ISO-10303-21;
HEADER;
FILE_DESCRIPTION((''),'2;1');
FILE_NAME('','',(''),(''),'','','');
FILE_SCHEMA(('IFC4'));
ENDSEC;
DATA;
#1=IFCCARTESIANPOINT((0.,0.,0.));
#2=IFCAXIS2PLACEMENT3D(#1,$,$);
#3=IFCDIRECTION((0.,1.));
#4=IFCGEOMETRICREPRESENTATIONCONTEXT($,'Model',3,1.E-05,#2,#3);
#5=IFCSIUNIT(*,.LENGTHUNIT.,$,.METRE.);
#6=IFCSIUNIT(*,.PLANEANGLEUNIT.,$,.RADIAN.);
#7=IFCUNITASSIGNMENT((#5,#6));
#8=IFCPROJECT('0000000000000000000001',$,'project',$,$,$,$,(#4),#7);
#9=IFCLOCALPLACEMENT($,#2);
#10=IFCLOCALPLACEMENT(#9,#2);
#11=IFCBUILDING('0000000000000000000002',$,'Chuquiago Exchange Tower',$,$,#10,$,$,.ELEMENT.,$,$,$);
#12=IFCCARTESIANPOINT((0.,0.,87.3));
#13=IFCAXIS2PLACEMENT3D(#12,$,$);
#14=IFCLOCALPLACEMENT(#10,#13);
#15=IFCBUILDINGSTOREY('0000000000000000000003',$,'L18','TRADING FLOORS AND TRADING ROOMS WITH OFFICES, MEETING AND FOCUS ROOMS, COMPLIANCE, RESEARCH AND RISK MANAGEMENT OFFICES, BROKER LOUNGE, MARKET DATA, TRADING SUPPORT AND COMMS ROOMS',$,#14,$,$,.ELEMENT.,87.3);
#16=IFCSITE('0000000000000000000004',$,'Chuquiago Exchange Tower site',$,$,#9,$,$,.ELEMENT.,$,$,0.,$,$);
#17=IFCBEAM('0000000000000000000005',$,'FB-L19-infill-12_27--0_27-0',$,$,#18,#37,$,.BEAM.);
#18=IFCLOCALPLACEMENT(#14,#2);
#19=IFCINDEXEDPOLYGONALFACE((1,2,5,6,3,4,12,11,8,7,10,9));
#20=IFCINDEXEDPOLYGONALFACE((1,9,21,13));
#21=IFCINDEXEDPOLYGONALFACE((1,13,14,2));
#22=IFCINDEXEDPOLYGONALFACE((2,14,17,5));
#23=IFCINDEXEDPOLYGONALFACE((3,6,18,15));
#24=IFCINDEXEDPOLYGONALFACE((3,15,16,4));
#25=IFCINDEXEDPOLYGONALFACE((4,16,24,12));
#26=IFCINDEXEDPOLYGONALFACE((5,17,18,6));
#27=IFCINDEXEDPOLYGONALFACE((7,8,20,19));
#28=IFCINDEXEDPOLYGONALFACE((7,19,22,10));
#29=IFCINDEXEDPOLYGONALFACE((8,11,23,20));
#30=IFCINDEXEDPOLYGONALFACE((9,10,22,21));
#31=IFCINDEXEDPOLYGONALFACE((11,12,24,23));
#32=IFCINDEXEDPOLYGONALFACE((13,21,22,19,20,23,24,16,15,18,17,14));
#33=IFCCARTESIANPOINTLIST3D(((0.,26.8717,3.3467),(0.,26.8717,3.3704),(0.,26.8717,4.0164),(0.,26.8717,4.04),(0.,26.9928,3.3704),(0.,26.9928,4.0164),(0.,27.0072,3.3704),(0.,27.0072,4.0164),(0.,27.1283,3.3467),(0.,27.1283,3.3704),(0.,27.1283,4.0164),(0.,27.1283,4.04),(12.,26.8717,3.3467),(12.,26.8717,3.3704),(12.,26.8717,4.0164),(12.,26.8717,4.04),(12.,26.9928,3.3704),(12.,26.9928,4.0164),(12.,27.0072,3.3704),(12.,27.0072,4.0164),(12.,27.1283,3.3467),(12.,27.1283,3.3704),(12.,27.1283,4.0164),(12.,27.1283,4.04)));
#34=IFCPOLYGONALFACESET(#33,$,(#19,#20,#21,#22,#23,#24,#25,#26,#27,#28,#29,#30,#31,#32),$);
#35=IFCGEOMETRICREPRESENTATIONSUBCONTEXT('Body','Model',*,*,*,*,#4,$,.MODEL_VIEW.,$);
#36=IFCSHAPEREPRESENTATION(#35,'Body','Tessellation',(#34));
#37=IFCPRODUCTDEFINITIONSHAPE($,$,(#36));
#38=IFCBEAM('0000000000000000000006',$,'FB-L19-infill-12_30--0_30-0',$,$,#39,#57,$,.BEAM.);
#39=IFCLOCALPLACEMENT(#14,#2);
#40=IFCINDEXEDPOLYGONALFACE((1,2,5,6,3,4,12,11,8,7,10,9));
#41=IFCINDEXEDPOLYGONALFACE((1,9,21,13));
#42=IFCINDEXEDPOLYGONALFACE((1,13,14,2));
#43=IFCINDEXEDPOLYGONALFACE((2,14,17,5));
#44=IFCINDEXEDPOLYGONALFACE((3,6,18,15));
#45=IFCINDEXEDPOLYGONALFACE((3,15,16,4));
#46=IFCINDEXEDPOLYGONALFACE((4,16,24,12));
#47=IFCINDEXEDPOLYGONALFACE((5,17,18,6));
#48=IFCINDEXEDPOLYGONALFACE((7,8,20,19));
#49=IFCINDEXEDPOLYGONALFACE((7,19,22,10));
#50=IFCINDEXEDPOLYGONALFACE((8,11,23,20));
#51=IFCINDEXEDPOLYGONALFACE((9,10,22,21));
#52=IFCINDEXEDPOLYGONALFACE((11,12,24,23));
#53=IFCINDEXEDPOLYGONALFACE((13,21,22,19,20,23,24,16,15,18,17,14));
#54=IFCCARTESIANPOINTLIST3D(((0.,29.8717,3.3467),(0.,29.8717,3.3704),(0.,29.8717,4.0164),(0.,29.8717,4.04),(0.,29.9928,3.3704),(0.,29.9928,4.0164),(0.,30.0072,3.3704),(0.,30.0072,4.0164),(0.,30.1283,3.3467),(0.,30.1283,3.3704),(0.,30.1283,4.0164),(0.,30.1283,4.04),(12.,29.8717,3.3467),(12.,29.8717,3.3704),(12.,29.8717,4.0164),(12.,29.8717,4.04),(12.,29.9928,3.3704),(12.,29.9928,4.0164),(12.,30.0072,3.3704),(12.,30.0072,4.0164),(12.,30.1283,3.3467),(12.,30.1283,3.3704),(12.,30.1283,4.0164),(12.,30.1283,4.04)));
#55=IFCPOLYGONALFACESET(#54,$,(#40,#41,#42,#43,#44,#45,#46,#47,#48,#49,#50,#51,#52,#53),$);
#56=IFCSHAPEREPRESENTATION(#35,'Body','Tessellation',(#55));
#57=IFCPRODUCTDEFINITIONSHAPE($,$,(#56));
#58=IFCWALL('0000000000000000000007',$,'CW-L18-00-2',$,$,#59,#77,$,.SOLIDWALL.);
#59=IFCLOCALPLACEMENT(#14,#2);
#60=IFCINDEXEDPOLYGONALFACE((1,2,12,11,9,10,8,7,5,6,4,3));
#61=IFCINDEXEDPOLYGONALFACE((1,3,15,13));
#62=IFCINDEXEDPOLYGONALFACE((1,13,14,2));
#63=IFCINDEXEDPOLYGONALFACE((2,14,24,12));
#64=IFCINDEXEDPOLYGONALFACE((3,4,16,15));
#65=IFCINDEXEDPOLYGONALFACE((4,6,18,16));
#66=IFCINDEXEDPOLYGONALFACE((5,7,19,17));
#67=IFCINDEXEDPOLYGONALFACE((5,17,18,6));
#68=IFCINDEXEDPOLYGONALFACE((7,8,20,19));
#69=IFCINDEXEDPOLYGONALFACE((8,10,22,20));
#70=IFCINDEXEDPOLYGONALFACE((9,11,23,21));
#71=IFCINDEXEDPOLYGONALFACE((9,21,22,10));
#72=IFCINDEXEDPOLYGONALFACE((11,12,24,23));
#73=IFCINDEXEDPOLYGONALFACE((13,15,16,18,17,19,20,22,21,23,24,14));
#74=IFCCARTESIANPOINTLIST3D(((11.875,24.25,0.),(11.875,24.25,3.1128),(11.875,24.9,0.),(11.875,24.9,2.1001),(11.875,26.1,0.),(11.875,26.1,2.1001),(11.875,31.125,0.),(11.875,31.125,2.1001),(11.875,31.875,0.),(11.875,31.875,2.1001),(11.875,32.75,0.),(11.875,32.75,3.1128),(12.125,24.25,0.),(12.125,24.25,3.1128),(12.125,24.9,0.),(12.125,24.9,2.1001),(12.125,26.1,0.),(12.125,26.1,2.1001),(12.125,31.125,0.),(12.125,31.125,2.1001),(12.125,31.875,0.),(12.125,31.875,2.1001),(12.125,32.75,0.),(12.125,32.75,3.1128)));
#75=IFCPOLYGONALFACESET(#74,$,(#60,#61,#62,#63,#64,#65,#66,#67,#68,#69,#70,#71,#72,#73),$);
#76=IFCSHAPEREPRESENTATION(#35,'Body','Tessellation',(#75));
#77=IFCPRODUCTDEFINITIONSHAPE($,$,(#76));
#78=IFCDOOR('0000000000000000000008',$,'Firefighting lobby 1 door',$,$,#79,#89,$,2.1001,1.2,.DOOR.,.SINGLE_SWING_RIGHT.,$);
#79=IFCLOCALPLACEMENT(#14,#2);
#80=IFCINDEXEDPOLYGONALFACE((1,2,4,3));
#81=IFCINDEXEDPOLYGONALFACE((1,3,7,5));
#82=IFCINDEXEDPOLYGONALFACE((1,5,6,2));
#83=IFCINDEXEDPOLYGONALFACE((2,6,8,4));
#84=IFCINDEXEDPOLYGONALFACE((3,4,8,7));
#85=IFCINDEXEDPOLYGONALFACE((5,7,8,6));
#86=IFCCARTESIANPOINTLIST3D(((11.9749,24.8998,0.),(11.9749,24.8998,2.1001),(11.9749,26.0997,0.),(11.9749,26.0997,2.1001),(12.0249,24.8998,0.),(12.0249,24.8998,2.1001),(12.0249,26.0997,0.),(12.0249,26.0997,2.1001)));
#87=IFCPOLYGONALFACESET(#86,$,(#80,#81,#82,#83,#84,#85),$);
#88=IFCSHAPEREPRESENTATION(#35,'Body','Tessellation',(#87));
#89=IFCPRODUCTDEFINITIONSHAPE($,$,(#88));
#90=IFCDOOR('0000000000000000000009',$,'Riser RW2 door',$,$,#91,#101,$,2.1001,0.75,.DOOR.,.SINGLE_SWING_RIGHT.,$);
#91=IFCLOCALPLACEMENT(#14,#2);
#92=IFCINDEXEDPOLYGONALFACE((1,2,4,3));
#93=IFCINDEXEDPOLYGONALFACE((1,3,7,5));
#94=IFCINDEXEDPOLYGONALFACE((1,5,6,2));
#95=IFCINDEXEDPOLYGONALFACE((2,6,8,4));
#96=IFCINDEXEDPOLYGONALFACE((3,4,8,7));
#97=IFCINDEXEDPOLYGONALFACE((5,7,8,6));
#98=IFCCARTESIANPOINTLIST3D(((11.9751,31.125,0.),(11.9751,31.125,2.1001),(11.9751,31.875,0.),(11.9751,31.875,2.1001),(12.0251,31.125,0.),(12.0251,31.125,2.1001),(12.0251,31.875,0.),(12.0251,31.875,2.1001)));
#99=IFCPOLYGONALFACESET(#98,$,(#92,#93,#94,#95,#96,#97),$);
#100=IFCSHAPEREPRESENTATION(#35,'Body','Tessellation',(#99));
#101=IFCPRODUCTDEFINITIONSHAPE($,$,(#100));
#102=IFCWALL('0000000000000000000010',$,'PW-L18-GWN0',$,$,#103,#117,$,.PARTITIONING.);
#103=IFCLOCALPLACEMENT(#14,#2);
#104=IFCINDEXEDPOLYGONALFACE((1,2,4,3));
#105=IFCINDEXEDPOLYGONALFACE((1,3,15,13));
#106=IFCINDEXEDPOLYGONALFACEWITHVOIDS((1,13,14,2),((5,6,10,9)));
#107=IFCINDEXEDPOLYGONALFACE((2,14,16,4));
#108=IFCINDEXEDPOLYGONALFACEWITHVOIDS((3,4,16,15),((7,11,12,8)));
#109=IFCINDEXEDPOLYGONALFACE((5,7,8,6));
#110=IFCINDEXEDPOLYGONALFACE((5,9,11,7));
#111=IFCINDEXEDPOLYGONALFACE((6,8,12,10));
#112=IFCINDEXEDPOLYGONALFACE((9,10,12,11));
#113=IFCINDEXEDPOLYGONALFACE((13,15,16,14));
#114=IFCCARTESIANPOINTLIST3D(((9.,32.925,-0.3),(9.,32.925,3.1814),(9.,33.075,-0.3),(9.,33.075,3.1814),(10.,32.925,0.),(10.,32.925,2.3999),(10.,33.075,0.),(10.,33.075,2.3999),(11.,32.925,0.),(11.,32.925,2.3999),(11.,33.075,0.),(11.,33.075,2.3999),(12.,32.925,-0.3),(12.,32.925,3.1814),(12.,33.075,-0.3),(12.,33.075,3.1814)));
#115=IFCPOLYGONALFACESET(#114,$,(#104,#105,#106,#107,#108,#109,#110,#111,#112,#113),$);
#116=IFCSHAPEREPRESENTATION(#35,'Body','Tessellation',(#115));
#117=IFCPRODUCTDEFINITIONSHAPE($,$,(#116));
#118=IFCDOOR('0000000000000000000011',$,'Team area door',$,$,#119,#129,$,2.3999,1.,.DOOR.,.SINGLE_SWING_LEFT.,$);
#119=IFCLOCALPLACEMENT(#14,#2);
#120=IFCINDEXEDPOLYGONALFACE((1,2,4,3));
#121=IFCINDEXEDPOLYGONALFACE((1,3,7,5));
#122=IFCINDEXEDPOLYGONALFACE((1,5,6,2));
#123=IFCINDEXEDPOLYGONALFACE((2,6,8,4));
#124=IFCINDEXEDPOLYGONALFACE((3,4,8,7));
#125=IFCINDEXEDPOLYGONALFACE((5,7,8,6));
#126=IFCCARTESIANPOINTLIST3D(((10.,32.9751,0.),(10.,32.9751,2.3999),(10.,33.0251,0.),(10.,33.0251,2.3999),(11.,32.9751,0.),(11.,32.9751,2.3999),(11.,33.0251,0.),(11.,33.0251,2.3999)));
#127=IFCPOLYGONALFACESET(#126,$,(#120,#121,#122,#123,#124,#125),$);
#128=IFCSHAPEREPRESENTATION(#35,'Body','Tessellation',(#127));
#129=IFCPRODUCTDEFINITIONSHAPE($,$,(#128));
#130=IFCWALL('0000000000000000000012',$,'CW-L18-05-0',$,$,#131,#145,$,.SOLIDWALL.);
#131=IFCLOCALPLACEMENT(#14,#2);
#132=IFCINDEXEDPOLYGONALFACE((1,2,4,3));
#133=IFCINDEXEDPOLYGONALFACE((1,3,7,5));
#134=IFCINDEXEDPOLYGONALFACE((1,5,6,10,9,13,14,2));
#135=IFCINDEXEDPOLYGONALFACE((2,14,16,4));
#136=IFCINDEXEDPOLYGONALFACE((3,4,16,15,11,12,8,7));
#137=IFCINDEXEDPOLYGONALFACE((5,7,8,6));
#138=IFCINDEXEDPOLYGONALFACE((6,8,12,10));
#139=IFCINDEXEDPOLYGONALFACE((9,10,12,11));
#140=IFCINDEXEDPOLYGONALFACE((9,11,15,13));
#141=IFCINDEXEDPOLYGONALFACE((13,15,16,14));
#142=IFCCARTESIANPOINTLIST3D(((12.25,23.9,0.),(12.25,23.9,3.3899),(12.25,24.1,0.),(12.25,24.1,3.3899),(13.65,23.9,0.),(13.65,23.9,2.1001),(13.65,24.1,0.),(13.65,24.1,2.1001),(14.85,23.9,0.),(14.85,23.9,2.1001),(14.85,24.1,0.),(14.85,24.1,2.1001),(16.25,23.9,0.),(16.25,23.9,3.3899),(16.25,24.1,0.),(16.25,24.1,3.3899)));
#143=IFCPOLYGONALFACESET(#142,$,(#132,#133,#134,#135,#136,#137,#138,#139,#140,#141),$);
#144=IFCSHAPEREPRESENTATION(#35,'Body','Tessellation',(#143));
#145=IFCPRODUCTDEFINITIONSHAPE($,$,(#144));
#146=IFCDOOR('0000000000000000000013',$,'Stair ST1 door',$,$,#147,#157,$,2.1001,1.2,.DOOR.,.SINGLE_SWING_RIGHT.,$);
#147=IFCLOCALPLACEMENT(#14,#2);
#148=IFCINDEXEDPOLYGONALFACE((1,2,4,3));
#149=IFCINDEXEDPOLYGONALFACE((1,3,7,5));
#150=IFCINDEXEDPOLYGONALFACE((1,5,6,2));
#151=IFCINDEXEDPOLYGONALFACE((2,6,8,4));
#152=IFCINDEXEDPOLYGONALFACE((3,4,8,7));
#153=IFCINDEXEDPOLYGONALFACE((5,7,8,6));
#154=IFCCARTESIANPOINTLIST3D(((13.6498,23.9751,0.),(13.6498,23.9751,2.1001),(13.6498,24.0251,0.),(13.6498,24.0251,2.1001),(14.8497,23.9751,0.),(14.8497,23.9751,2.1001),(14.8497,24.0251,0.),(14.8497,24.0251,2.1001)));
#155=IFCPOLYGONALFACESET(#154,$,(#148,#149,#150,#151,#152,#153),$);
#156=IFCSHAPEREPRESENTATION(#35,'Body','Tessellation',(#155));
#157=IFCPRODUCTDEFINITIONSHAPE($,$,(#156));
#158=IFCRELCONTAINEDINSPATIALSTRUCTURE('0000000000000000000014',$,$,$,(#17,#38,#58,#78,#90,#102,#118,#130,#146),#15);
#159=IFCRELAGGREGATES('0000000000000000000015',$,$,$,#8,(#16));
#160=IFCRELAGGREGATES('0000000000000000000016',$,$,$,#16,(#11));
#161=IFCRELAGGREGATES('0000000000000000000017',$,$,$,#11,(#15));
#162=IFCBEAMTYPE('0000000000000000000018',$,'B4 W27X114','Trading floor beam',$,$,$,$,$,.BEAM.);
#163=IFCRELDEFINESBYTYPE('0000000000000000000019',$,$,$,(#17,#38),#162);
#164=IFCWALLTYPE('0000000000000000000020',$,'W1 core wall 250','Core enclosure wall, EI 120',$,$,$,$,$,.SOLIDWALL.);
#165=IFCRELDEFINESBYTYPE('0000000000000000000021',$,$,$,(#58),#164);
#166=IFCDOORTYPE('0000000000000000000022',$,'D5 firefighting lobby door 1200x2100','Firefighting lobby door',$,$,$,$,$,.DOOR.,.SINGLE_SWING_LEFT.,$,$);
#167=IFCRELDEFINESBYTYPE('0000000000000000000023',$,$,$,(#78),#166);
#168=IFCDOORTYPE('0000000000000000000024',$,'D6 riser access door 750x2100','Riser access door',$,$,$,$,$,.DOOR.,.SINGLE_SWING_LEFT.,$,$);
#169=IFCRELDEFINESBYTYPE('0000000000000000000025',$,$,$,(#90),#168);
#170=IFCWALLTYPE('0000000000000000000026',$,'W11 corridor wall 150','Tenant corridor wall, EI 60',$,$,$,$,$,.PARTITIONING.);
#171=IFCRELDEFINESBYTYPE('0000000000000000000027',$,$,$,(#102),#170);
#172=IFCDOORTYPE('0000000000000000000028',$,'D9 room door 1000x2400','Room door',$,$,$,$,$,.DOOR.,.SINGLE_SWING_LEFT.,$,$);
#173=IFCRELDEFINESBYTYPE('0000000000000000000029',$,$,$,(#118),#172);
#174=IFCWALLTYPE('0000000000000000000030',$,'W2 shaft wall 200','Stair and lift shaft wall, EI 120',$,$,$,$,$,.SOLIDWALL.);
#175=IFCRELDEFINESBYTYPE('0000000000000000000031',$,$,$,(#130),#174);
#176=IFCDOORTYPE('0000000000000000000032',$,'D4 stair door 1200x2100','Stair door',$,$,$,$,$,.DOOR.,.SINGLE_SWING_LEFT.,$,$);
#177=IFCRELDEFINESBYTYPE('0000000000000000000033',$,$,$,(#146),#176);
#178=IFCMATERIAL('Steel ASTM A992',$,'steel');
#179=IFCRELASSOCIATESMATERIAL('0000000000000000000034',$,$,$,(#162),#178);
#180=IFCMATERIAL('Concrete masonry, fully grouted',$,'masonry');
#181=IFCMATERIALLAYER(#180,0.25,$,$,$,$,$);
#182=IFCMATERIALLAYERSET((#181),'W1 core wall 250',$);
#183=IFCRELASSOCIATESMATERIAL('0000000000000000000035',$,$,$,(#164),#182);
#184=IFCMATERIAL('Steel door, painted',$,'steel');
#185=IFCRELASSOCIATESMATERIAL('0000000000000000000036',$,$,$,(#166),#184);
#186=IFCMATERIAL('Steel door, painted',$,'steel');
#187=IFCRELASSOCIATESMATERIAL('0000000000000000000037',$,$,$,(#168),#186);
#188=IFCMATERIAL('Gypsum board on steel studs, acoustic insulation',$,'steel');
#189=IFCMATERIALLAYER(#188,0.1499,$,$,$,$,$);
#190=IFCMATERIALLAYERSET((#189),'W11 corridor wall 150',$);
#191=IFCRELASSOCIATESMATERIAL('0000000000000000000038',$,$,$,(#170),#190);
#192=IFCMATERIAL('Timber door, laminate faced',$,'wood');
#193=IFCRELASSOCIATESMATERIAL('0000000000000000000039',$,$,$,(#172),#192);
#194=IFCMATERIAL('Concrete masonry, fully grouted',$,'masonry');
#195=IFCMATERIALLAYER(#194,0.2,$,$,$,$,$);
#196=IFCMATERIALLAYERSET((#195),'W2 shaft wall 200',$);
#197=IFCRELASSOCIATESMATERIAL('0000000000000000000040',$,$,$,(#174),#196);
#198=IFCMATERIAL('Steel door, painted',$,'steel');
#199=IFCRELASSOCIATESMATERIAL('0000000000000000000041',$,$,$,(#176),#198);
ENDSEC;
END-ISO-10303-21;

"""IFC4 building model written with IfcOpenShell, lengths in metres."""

from ifc_helpers import new_model, si_unit, direction, frame, frame_2d, origin, origin_2d, place, context, subcontext, project, spatial, rectangle, i_section, extrude, material, layer, layer_set, material_profile, profile_set, type_object, element, fill, save


model = new_model("IFC4")

# Units and contexts
model_context = context("Model", 3, precision=1e-05, world=origin(), true_north=direction((0.0, 1.0)))
body_context = subcontext(model_context, "Body", "Model", "MODEL_VIEW")
ifc_project = project(units=[si_unit("LENGTHUNIT", "METRE"), si_unit("PLANEANGLEUNIT", "RADIAN")], contexts=[model_context])

# Site, building, storey
site_placement = place(None, origin())
site = spatial("IfcSite", under=ifc_project, at=site_placement, Name="Chuquiago Exchange Tower site", CompositionType="ELEMENT", RefElevation=0.0)
building_placement = place(site_placement, origin())
building = spatial("IfcBuilding", under=site, at=building_placement, Name="Chuquiago Exchange Tower", CompositionType="ELEMENT")
storey_placement = place(building_placement, frame((0.0, 0.0, 87.3)))
storey = spatial("IfcBuildingStorey", under=building, at=storey_placement, Name="L18", Description="TRADING FLOORS AND TRADING ROOMS WITH OFFICES, MEETING AND FOCUS ROOMS, COMPLIANCE, RESEARCH AND RISK MANAGEMENT OFFICES, BROKER LOUNGE, MARKET DATA, TRADING SUPPORT AND COMMS ROOMS", CompositionType="ELEMENT", Elevation=87.3)

# Beams
ifc_material_1 = material(Name="Steel ASTM A992", Category="steel")
ifc_material_profile_1 = material_profile(ifc_material_1, i_section(OverallWidth=0.2566, OverallDepth=0.6934, WebThickness=0.0144, FlangeThickness=0.0237, at=origin_2d()), Name="W27X114")
ifc_profile_set_1 = profile_set([ifc_material_profile_1], Name="Steel ASTM A992")
beam_type_1 = type_object("IfcBeamType", Name="B4 W27X114", Description="Trading floor beam", PredefinedType="BEAM", material=ifc_profile_set_1)
for number, where, z_axis, x_axis, name in (
    (1, (12.0, 27.0, 3.6934), (-1.0, 0.0, 0.0), (0.0, -1.0, 0.0), "FB-L19-infill-12_27--0_27-0"),
    (2, (12.0, 30.0, 3.6934), (-1.0, 0.0, 0.0), (0.0, -1.0, 0.0), "FB-L19-infill-12_30--0_30-0"),
):
    element("IfcBeam", number, at=place(storey_placement, frame(where, z_axis=z_axis, x_axis=x_axis)), inside=storey, type_object=beam_type_1, Name=name, PredefinedType="BEAM", context=body_context, shape_type="SweptSolid", body=[
        extrude(i_section(OverallWidth=0.2566, OverallDepth=0.6934, WebThickness=0.0144, FlangeThickness=0.0237, at=origin_2d()), origin(), (0.0, 0.0, 1.0), 12.0),
    ])

# Wall, openings, doors
ifc_material_2 = material(Name="Concrete masonry, fully grouted", Category="masonry")
ifc_layer_1 = layer(ifc_material_2, 0.25)
ifc_layer_set_1 = layer_set([ifc_layer_1], Name="W1 core wall 250")
wall_type_1 = type_object("IfcWallType", Name="W1 core wall 250", Description="Core enclosure wall, EI 120", PredefinedType="SOLIDWALL", material=ifc_layer_set_1)
wall_1_placement = place(storey_placement, frame((12.0, 24.25, 0.0), z_axis=(0.0, 0.0, 1.0), x_axis=(0.0, 1.0, 0.0)))
wall_1 = element("IfcWall", 3, at=wall_1_placement, inside=storey, type_object=wall_type_1, Name="CW-L18-00-2", PredefinedType="SOLIDWALL", context=body_context, shape_type="SweptSolid", body=[
    extrude(rectangle(XDim=8.5, YDim=0.25, at=frame_2d((4.25, 0.0))), origin(), (0.0, 0.0, 1.0), 3.1128),
])
opening_1_placement = place(wall_1_placement, frame((0.6499, 0.0, 0.0)))
opening_1 = element("IfcOpeningElement", 4, at=opening_1_placement, cuts=wall_1, PredefinedType="OPENING", context=body_context, shape_type="SweptSolid", body=[
    extrude(rectangle(XDim=1.2, YDim=2.1001, at=frame_2d((0.6001, 1.05))), frame((0.0, 0.135, 0.0), z_axis=(0.0, -1.0, 0.0), x_axis=(1.0, 0.0, 0.0)), (0.0, 0.0, 1.0), 0.27),
])
opening_2_placement = place(wall_1_placement, frame((6.875, 0.0, 0.0)))
opening_2 = element("IfcOpeningElement", 5, at=opening_2_placement, cuts=wall_1, PredefinedType="OPENING", context=body_context, shape_type="SweptSolid", body=[
    extrude(rectangle(XDim=0.75, YDim=2.1001, at=frame_2d((0.375, 1.05))), frame((0.0, 0.135, 0.0), z_axis=(0.0, -1.0, 0.0), x_axis=(1.0, 0.0, 0.0)), (0.0, 0.0, 1.0), 0.27),
])
ifc_material_3 = material(Name="Steel door, painted", Category="steel")
door_type_1 = type_object("IfcDoorType", Name="D5 firefighting lobby door 1200x2100", Description="Firefighting lobby door", OperationType="SINGLE_SWING_LEFT", PredefinedType="DOOR", material=ifc_material_3)
door_1_placement = place(opening_1_placement, frame((1.2, 0.0, 0.0), z_axis=(0.0, 0.0, 1.0), x_axis=(-1.0, 0.0, 0.0)))
door_1 = element("IfcDoor", 6, at=door_1_placement, inside=storey, type_object=door_type_1, Name="Firefighting lobby 1 door", OperationType="SINGLE_SWING_RIGHT", OverallHeight=2.1001, OverallWidth=1.2, PredefinedType="DOOR", context=body_context, shape_type="SweptSolid", body=[
    extrude(rectangle(XDim=1.2, YDim=2.1001, at=frame_2d((0.6001, 1.05))), frame((0.0, 0.0249, 0.0), z_axis=(0.0, -1.0, 0.0), x_axis=(1.0, 0.0, 0.0)), (0.0, 0.0, 1.0), 0.05),
])
fill(opening_1, door_1)
ifc_material_4 = material(Name="Steel door, painted", Category="steel")
door_type_2 = type_object("IfcDoorType", Name="D6 riser access door 750x2100", Description="Riser access door", OperationType="SINGLE_SWING_LEFT", PredefinedType="DOOR", material=ifc_material_4)
door_2_placement = place(opening_2_placement, origin())
door_2 = element("IfcDoor", 7, at=door_2_placement, inside=storey, type_object=door_type_2, Name="Riser RW2 door", OperationType="SINGLE_SWING_RIGHT", OverallHeight=2.1001, OverallWidth=0.75, PredefinedType="DOOR", context=body_context, shape_type="SweptSolid", body=[
    extrude(rectangle(XDim=0.75, YDim=2.1001, at=frame_2d((0.375, 1.05))), frame((0.0, 0.0249, 0.0), z_axis=(0.0, -1.0, 0.0), x_axis=(1.0, 0.0, 0.0)), (0.0, 0.0, 1.0), 0.05),
])
fill(opening_2, door_2)

# Walls, openings, doors
ifc_material_5 = material(Name="Gypsum board on steel studs, acoustic insulation", Category="steel")
ifc_layer_2 = layer(ifc_material_5, 0.1499)
ifc_layer_set_2 = layer_set([ifc_layer_2], Name="W11 corridor wall 150")
wall_type_2 = type_object("IfcWallType", Name="W11 corridor wall 150", Description="Tenant corridor wall, EI 60", PredefinedType="PARTITIONING", material=ifc_layer_set_2)
wall_2_placement = place(storey_placement, frame((9.0, 33.0, -0.3), z_axis=(0.0, 0.0, 1.0), x_axis=(1.0, 0.0, 0.0)))
wall_2 = element("IfcWall", 8, at=wall_2_placement, inside=storey, type_object=wall_type_2, Name="PW-L18-GWN0", PredefinedType="PARTITIONING", context=body_context, shape_type="SweptSolid", body=[
    extrude(rectangle(XDim=3.0, YDim=0.1499, at=frame_2d((1.5, 0.0))), origin(), (0.0, 0.0, 1.0), 3.4814),
])
opening_3_placement = place(wall_2_placement, frame((1.0, 0.0, 0.3)))
opening_3 = element("IfcOpeningElement", 9, at=opening_3_placement, cuts=wall_2, PredefinedType="OPENING", context=body_context, shape_type="SweptSolid", body=[
    extrude(rectangle(XDim=1.0, YDim=2.3999, at=frame_2d((0.5, 1.2))), frame((0.0, 0.085, 0.0), z_axis=(0.0, -1.0, 0.0), x_axis=(1.0, 0.0, 0.0)), (0.0, 0.0, 1.0), 0.1699),
])
ifc_material_6 = material(Name="Timber door, laminate faced", Category="wood")
door_type_3 = type_object("IfcDoorType", Name="D9 room door 1000x2400", Description="Room door", OperationType="SINGLE_SWING_LEFT", PredefinedType="DOOR", material=ifc_material_6)
door_3_placement = place(opening_3_placement, frame((1.0, 0.0, 0.0), z_axis=(0.0, 0.0, 1.0), x_axis=(-1.0, 0.0, 0.0)))
door_3 = element("IfcDoor", 10, at=door_3_placement, inside=storey, type_object=door_type_3, Name="Team area door", OperationType="SINGLE_SWING_LEFT", OverallHeight=2.3999, OverallWidth=1.0, PredefinedType="DOOR", context=body_context, shape_type="SweptSolid", body=[
    extrude(rectangle(XDim=1.0, YDim=2.3999, at=frame_2d((0.5, 1.2))), frame((0.0, 0.0249, 0.0), z_axis=(0.0, -1.0, 0.0), x_axis=(1.0, 0.0, 0.0)), (0.0, 0.0, 1.0), 0.05),
])
fill(opening_3, door_3)
ifc_material_7 = material(Name="Concrete masonry, fully grouted", Category="masonry")
ifc_layer_3 = layer(ifc_material_7, 0.2)
ifc_layer_set_3 = layer_set([ifc_layer_3], Name="W2 shaft wall 200")
wall_type_3 = type_object("IfcWallType", Name="W2 shaft wall 200", Description="Stair and lift shaft wall, EI 120", PredefinedType="SOLIDWALL", material=ifc_layer_set_3)
wall_3_placement = place(storey_placement, frame((12.25, 24.0, 0.0), z_axis=(0.0, 0.0, 1.0), x_axis=(1.0, 0.0, 0.0)))
wall_3 = element("IfcWall", 11, at=wall_3_placement, inside=storey, type_object=wall_type_3, Name="CW-L18-05-0", PredefinedType="SOLIDWALL", context=body_context, shape_type="SweptSolid", body=[
    extrude(rectangle(XDim=4.0, YDim=0.2, at=frame_2d((2.0, 0.0))), origin(), (0.0, 0.0, 1.0), 3.3899),
])
opening_4_placement = place(wall_3_placement, frame((1.3999, 0.0, 0.0)))
opening_4 = element("IfcOpeningElement", 12, at=opening_4_placement, cuts=wall_3, PredefinedType="OPENING", context=body_context, shape_type="SweptSolid", body=[
    extrude(rectangle(XDim=1.2, YDim=2.1001, at=frame_2d((0.6001, 1.05))), frame((0.0, 0.1099, 0.0), z_axis=(0.0, -1.0, 0.0), x_axis=(1.0, 0.0, 0.0)), (0.0, 0.0, 1.0), 0.22),
])
ifc_material_8 = material(Name="Steel door, painted", Category="steel")
door_type_4 = type_object("IfcDoorType", Name="D4 stair door 1200x2100", Description="Stair door", OperationType="SINGLE_SWING_LEFT", PredefinedType="DOOR", material=ifc_material_8)
door_4_placement = place(opening_4_placement, frame((1.2, 0.0, 0.0), z_axis=(0.0, 0.0, 1.0), x_axis=(-1.0, 0.0, 0.0)))
door_4 = element("IfcDoor", 13, at=door_4_placement, inside=storey, type_object=door_type_4, Name="Stair ST1 door", OperationType="SINGLE_SWING_RIGHT", OverallHeight=2.1001, OverallWidth=1.2, PredefinedType="DOOR", context=body_context, shape_type="SweptSolid", body=[
    extrude(rectangle(XDim=1.2, YDim=2.1001, at=frame_2d((0.6001, 1.05))), frame((0.0, 0.0249, 0.0), z_axis=(0.0, -1.0, 0.0), x_axis=(1.0, 0.0, 0.0)), (0.0, 0.0, 1.0), 0.05),
])
fill(opening_4, door_4)

save(model, "model.ifc")
